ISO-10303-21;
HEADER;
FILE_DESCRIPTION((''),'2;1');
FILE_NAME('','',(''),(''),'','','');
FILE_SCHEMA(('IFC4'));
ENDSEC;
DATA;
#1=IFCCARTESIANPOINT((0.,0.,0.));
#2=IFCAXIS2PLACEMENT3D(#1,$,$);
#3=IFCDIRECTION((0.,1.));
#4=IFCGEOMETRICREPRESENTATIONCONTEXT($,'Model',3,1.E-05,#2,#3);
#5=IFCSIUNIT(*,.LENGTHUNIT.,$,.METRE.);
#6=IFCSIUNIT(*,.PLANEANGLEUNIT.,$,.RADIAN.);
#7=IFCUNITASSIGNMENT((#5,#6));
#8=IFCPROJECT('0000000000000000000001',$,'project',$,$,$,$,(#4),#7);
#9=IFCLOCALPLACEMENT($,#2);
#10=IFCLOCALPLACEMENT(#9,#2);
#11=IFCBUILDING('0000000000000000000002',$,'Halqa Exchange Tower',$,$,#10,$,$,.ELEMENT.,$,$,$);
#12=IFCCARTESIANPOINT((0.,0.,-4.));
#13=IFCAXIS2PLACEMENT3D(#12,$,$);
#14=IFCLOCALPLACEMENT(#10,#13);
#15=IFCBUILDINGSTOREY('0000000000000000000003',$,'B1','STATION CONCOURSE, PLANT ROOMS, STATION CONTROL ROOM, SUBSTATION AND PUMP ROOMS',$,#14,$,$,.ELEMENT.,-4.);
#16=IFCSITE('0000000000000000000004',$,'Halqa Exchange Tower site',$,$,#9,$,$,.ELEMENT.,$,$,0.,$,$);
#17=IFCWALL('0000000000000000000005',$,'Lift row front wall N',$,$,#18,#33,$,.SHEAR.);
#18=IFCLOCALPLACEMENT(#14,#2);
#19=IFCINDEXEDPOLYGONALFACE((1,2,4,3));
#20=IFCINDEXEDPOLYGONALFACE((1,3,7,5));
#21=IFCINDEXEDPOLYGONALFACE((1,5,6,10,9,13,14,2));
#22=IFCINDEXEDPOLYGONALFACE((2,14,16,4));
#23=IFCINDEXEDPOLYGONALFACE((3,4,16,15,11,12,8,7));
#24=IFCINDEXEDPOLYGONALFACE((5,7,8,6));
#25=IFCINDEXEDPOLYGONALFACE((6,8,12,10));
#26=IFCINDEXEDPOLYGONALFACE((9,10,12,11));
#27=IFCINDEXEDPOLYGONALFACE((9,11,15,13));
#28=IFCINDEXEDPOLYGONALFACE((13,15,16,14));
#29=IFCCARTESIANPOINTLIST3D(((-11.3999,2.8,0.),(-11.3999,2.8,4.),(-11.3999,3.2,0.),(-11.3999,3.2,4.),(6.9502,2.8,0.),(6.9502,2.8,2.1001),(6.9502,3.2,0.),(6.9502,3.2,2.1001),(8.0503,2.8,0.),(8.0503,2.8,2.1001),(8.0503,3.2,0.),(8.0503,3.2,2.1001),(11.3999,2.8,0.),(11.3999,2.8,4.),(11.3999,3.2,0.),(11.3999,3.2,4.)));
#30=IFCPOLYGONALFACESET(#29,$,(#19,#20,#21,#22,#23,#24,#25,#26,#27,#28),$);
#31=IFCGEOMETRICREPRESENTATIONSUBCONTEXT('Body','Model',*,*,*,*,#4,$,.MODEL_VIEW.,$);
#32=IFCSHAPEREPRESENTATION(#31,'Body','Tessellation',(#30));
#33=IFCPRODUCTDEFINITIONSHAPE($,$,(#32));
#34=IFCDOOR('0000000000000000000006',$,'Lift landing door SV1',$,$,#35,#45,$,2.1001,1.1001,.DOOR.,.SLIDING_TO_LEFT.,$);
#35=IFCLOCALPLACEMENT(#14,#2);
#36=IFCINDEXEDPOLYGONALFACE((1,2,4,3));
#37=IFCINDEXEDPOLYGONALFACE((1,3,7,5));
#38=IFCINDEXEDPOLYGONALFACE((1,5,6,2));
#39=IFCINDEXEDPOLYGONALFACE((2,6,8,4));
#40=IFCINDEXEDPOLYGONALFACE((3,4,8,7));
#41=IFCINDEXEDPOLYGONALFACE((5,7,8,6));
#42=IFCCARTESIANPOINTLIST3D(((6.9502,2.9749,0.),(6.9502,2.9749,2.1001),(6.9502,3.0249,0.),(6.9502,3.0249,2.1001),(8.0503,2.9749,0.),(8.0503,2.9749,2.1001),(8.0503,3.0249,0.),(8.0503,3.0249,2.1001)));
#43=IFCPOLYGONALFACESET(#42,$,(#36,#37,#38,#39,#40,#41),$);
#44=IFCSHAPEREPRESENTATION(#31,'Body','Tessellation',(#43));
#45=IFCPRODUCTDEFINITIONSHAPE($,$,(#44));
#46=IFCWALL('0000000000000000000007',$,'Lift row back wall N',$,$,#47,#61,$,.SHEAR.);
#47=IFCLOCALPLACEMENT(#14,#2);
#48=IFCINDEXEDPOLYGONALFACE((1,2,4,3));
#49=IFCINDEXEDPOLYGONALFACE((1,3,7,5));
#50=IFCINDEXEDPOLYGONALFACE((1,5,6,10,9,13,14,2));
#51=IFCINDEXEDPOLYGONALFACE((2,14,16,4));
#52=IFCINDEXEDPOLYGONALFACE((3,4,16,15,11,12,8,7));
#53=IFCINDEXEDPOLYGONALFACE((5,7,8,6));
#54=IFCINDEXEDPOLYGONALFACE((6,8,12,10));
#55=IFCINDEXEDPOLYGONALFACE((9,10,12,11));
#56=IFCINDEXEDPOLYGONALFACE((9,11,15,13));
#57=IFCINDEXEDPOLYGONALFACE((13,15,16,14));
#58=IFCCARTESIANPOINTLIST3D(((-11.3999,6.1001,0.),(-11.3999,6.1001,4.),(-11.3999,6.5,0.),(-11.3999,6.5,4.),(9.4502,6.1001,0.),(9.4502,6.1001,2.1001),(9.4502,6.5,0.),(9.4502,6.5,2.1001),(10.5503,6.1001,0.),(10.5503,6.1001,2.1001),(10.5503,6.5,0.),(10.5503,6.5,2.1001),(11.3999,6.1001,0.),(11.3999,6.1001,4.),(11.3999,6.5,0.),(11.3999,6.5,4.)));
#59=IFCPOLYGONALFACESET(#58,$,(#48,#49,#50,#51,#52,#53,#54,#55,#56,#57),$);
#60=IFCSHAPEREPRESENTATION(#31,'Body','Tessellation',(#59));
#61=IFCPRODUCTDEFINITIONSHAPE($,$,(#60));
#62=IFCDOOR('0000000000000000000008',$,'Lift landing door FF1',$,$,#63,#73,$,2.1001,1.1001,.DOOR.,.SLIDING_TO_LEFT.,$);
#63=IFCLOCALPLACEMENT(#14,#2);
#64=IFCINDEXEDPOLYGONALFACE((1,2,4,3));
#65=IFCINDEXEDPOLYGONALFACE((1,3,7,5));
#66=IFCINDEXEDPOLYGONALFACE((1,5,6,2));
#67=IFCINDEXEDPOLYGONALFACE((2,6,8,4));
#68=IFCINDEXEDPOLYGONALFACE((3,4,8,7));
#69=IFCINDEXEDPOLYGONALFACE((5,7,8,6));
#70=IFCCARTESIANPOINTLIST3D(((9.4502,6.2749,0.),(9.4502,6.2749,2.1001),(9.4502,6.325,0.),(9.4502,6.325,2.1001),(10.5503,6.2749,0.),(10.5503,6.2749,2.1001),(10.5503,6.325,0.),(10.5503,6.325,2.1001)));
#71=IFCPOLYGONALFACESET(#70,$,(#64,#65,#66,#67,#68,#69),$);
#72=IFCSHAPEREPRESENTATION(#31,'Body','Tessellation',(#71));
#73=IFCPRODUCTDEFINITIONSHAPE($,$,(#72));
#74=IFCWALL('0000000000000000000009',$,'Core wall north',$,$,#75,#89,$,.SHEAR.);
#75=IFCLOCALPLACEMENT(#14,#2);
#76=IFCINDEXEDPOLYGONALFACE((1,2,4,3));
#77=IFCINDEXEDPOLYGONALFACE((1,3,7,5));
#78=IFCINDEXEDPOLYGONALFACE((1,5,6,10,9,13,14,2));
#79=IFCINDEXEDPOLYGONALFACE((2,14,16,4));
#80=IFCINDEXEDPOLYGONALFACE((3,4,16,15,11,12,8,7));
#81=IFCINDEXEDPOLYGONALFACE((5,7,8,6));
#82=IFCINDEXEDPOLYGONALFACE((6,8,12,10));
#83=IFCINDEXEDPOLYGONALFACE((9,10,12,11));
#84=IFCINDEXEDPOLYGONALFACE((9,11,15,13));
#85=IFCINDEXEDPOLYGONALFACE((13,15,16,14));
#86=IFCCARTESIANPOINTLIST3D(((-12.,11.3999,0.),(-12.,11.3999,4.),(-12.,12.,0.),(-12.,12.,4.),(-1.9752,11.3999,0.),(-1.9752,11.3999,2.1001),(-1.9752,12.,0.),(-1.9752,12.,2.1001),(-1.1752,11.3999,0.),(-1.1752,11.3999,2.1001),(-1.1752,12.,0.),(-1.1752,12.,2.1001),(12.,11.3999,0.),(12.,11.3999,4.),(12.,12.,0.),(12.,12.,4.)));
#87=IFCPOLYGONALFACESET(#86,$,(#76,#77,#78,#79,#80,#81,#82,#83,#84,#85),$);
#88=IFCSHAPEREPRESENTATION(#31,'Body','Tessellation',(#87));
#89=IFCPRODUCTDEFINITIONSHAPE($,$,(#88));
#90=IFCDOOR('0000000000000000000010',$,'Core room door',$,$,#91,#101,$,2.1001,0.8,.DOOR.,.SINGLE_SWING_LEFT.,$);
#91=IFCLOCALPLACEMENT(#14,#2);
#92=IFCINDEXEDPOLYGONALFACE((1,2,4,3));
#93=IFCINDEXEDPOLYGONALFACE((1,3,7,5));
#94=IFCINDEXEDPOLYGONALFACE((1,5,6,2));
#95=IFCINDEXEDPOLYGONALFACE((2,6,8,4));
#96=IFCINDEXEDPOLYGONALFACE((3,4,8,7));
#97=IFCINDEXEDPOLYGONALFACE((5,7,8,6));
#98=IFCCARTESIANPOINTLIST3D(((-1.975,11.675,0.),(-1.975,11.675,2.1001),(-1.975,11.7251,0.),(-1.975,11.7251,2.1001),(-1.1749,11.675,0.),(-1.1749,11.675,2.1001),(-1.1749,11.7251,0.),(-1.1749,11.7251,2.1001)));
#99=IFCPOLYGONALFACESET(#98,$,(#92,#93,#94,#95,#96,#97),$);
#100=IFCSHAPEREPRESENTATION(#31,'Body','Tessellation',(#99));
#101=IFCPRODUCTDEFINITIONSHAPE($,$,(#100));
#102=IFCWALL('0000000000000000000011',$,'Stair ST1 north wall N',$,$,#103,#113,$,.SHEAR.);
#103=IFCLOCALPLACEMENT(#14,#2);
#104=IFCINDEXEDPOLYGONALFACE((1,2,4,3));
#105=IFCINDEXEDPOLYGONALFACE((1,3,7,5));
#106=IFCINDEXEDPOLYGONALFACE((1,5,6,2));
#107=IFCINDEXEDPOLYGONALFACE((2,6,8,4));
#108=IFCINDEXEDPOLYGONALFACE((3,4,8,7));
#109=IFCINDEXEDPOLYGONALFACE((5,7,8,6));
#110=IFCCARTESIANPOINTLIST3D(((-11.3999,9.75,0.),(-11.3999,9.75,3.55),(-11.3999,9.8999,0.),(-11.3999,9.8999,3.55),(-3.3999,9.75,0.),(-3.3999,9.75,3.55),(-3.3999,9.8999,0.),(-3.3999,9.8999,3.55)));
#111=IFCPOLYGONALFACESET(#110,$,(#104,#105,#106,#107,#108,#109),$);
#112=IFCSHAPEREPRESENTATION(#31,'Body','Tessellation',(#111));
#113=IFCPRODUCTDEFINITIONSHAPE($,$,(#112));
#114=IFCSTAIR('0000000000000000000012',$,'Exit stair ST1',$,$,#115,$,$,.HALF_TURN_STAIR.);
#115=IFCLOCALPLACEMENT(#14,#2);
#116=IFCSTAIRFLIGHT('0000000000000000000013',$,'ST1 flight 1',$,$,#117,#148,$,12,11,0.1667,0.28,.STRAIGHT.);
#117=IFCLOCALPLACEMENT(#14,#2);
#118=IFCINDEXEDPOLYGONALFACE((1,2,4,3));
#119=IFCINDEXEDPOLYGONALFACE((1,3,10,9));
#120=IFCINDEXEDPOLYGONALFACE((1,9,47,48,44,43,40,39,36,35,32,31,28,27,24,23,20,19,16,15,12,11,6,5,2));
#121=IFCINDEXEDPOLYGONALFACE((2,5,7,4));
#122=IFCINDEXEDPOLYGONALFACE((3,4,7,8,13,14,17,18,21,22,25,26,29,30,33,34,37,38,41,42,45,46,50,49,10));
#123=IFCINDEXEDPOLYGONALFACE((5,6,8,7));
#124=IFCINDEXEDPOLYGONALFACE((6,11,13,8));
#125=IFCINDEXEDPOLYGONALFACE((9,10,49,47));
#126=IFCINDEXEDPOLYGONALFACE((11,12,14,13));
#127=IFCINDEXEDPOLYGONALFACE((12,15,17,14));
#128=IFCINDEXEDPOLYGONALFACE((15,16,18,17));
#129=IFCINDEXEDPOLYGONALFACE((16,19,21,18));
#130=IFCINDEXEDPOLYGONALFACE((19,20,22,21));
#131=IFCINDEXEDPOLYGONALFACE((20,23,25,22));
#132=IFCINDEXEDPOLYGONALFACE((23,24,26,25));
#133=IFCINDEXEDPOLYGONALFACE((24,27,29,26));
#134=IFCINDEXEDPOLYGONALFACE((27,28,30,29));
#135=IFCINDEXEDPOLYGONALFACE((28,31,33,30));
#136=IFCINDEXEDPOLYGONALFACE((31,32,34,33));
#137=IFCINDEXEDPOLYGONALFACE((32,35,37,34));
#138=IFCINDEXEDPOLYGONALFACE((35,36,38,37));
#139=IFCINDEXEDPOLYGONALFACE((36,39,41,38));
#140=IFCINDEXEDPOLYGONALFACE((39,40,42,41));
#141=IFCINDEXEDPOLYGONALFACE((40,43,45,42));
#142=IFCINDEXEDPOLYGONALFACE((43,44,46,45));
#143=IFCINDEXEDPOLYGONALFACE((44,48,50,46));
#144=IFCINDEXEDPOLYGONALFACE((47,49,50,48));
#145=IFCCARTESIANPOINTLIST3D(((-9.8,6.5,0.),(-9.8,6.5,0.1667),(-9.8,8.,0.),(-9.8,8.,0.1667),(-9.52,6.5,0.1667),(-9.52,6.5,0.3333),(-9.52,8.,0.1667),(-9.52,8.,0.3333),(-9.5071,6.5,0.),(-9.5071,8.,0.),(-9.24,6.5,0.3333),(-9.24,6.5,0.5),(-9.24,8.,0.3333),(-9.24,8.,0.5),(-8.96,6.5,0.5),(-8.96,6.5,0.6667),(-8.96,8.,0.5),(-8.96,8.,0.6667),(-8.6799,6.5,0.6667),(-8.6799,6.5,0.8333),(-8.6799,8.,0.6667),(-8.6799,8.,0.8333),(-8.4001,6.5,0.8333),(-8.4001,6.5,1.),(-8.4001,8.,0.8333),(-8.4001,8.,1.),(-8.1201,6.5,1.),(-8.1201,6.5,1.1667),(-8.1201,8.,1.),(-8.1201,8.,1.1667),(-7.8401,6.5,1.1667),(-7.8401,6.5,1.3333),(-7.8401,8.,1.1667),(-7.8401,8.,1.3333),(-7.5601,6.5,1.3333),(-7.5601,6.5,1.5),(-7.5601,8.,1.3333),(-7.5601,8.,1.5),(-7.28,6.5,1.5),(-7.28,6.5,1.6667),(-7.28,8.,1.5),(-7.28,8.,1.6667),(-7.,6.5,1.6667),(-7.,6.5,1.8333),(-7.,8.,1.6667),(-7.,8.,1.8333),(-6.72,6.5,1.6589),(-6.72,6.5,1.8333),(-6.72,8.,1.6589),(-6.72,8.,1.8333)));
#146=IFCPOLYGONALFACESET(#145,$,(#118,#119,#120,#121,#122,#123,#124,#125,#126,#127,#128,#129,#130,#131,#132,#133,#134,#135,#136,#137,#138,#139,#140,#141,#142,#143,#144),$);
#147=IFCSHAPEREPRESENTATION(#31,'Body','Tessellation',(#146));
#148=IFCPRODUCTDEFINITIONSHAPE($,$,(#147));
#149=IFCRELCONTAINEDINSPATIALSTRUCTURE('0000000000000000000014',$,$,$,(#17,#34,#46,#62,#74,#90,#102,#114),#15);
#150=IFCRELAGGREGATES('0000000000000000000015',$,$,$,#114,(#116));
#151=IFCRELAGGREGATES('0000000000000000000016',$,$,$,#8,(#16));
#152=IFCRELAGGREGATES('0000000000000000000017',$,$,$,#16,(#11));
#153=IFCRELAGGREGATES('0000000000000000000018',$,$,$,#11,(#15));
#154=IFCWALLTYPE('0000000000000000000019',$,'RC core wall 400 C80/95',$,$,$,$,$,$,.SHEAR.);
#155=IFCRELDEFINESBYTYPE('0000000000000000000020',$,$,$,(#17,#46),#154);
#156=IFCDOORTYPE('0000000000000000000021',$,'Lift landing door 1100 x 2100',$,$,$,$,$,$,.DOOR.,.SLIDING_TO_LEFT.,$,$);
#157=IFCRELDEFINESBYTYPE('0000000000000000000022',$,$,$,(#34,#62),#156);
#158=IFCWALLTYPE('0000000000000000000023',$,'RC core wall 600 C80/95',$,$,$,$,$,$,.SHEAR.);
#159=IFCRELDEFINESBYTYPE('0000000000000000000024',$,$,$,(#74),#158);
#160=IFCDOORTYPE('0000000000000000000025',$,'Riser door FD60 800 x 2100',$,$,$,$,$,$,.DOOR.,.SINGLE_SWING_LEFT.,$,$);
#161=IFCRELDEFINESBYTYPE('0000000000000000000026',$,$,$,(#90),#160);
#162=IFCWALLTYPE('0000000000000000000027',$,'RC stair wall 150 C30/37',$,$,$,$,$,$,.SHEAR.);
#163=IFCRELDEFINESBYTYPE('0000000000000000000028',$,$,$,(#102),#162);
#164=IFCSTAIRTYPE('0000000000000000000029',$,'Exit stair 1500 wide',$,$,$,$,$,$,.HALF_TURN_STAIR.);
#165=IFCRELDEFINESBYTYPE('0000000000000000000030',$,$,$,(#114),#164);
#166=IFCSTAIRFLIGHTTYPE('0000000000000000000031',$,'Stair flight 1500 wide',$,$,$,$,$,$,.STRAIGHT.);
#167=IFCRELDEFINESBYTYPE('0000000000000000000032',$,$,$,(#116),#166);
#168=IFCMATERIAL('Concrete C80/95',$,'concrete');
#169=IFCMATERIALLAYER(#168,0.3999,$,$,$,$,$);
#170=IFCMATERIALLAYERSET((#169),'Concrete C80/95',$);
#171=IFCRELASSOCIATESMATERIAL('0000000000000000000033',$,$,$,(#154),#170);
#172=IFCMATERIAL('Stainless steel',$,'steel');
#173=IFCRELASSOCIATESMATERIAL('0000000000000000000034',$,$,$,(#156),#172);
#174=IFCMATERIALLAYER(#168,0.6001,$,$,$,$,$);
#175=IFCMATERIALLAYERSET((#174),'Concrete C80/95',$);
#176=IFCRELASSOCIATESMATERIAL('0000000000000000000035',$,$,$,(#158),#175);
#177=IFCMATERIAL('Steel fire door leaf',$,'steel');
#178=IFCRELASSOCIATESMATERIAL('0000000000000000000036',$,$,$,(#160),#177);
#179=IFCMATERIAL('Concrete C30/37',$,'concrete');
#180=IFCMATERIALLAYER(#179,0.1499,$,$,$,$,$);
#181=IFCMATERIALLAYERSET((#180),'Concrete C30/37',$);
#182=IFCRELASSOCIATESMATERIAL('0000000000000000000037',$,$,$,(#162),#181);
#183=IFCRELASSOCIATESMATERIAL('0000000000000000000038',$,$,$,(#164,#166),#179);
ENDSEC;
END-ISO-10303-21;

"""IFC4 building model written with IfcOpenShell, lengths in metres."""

from ifc_helpers import new_model, si_unit, direction, frame, frame_2d, origin, place, context, subcontext, project, spatial, polyline, rectangle, outline, extrude, material, layer, layer_set, type_object, element, fill, aggregate, save


model = new_model("IFC4")

# Units and contexts
model_context = context("Model", 3, precision=1e-05, world=origin(), true_north=direction((0.0, 1.0)))
body_context = subcontext(model_context, "Body", "Model", "MODEL_VIEW")
ifc_project = project(units=[si_unit("LENGTHUNIT", "METRE"), si_unit("PLANEANGLEUNIT", "RADIAN")], contexts=[model_context])

# Site, building, storey
site_placement = place(None, origin())
site = spatial("IfcSite", under=ifc_project, at=site_placement, Name="Halqa Exchange Tower site", CompositionType="ELEMENT", RefElevation=0.0)
building_placement = place(site_placement, origin())
building = spatial("IfcBuilding", under=site, at=building_placement, Name="Halqa Exchange Tower", CompositionType="ELEMENT")
storey_placement = place(building_placement, frame((0.0, 0.0, -4.0)))
storey = spatial("IfcBuildingStorey", under=building, at=storey_placement, Name="B1", Description="STATION CONCOURSE, PLANT ROOMS, STATION CONTROL ROOM, SUBSTATION AND PUMP ROOMS", CompositionType="ELEMENT", Elevation=-4.0)

# Shared definitions
ifc_material_1 = material(Name="Steel fire door leaf", Category="steel")

# Walls, openings, doors
ifc_material_2 = material(Name="Concrete C80/95", Category="concrete")
ifc_layer_1 = layer(ifc_material_2, 0.3999)
ifc_layer_set_1 = layer_set([ifc_layer_1], Name="Concrete C80/95")
wall_type_1 = type_object("IfcWallType", Name="RC core wall 400 C80/95", PredefinedType="SHEAR", material=ifc_layer_set_1)
wall_1_placement = place(storey_placement, frame((-11.3999, 3.0, 0.0), z_axis=(0.0, 0.0, 1.0), x_axis=(1.0, 0.0, 0.0)))
wall_1 = element("IfcWall", 1, at=wall_1_placement, inside=storey, type_object=wall_type_1, Name="Lift row front wall N", PredefinedType="SHEAR", context=body_context, shape_type="SweptSolid", body=[
    extrude(rectangle(XDim=22.7998, YDim=0.3999, at=frame_2d((11.3999, 0.0))), origin(), (0.0, 0.0, 1.0), 4.0),
])
opening_1_placement = place(wall_1_placement, frame((18.3501, 0.0, 0.0)))
opening_1 = element("IfcOpeningElement", 2, at=opening_1_placement, cuts=wall_1, PredefinedType="OPENING", context=body_context, shape_type="SweptSolid", body=[
    extrude(rectangle(XDim=1.1001, YDim=2.1001, at=frame_2d((0.55, 1.05))), frame((0.0, 0.2119, 0.0), z_axis=(0.0, -1.0, 0.0), x_axis=(1.0, 0.0, 0.0)), (0.0, 0.0, 1.0), 0.4238),
])
ifc_material_3 = material(Name="Stainless steel", Category="steel")
door_type_1 = type_object("IfcDoorType", Name="Lift landing door 1100 x 2100", OperationType="SLIDING_TO_LEFT", PredefinedType="DOOR", material=ifc_material_3)
door_1_placement = place(opening_1_placement, origin())
door_1 = element("IfcDoor", 3, at=door_1_placement, inside=storey, type_object=door_type_1, Name="Lift landing door SV1", OperationType="SLIDING_TO_LEFT", OverallHeight=2.1001, OverallWidth=1.1001, PredefinedType="DOOR", context=body_context, shape_type="SweptSolid", body=[
    extrude(rectangle(XDim=1.1001, YDim=2.1001, at=frame_2d((0.55, 1.05))), frame((0.0, 0.0249, 0.0), z_axis=(0.0, -1.0, 0.0), x_axis=(1.0, 0.0, 0.0)), (0.0, 0.0, 1.0), 0.05),
])
fill(opening_1, door_1)
wall_2_placement = place(storey_placement, frame((-11.3999, 6.3, 0.0), z_axis=(0.0, 0.0, 1.0), x_axis=(1.0, 0.0, 0.0)))
wall_2 = element("IfcWall", 4, at=wall_2_placement, inside=storey, type_object=wall_type_1, Name="Lift row back wall N", PredefinedType="SHEAR", context=body_context, shape_type="SweptSolid", body=[
    extrude(rectangle(XDim=22.7998, YDim=0.3999, at=frame_2d((11.3999, 0.0))), origin(), (0.0, 0.0, 1.0), 4.0),
])
opening_2_placement = place(wall_2_placement, frame((20.8501, 0.0, 0.0)))
opening_2 = element("IfcOpeningElement", 5, at=opening_2_placement, cuts=wall_2, PredefinedType="OPENING", context=body_context, shape_type="SweptSolid", body=[
    extrude(rectangle(XDim=1.1001, YDim=2.1001, at=frame_2d((0.55, 1.05))), frame((0.0, 0.2119, 0.0), z_axis=(0.0, -1.0, 0.0), x_axis=(1.0, 0.0, 0.0)), (0.0, 0.0, 1.0), 0.4238),
])
door_2_placement = place(opening_2_placement, origin())
door_2 = element("IfcDoor", 6, at=door_2_placement, inside=storey, type_object=door_type_1, Name="Lift landing door FF1", OperationType="SLIDING_TO_LEFT", OverallHeight=2.1001, OverallWidth=1.1001, PredefinedType="DOOR", context=body_context, shape_type="SweptSolid", body=[
    extrude(rectangle(XDim=1.1001, YDim=2.1001, at=frame_2d((0.55, 1.05))), frame((0.0, 0.0249, 0.0), z_axis=(0.0, -1.0, 0.0), x_axis=(1.0, 0.0, 0.0)), (0.0, 0.0, 1.0), 0.05),
])
fill(opening_2, door_2)
ifc_layer_2 = layer(ifc_material_2, 0.6001)
ifc_layer_set_2 = layer_set([ifc_layer_2], Name="Concrete C80/95")
wall_type_2 = type_object("IfcWallType", Name="RC core wall 600 C80/95", PredefinedType="SHEAR", material=ifc_layer_set_2)
wall_3_placement = place(storey_placement, frame((-12.0, 11.7, 0.0), z_axis=(0.0, 0.0, 1.0), x_axis=(1.0, 0.0, 0.0)))
wall_3 = element("IfcWall", 7, at=wall_3_placement, inside=storey, type_object=wall_type_2, Name="Core wall north", PredefinedType="SHEAR", context=body_context, shape_type="SweptSolid", body=[
    extrude(rectangle(XDim=24.0, YDim=0.6001, at=frame_2d((12.0, 0.0))), origin(), (0.0, 0.0, 1.0), 4.0),
])
opening_3_placement = place(wall_3_placement, frame((10.0249, 0.0, 0.0)))
opening_3 = element("IfcOpeningElement", 8, at=opening_3_placement, cuts=wall_3, PredefinedType="OPENING", context=body_context, shape_type="SweptSolid", body=[
    extrude(rectangle(XDim=0.8, YDim=2.1001, at=frame_2d((0.3999, 1.05))), frame((0.0, 0.312, 0.0), z_axis=(0.0, -1.0, 0.0), x_axis=(1.0, 0.0, 0.0)), (0.0, 0.0, 1.0), 0.624),
])
door_type_2 = type_object("IfcDoorType", Name="Riser door FD60 800 x 2100", OperationType="SINGLE_SWING_LEFT", PredefinedType="DOOR", material=ifc_material_1)
door_3_placement = place(opening_3_placement, frame((0.8, 0.0, 0.0), z_axis=(0.0, 0.0, 1.0), x_axis=(-1.0, 0.0, 0.0)))
door_3 = element("IfcDoor", 9, at=door_3_placement, inside=storey, type_object=door_type_2, Name="Core room door", OperationType="SINGLE_SWING_LEFT", OverallHeight=2.1001, OverallWidth=0.8, PredefinedType="DOOR", context=body_context, shape_type="SweptSolid", body=[
    extrude(rectangle(XDim=0.8, YDim=2.1001, at=frame_2d((0.3999, 1.05))), frame((0.0, 0.0249, 0.0), z_axis=(0.0, -1.0, 0.0), x_axis=(1.0, 0.0, 0.0)), (0.0, 0.0, 1.0), 0.05),
])
fill(opening_3, door_3)

# Wall
ifc_material_4 = material(Name="Concrete C30/37", Category="concrete")
ifc_layer_3 = layer(ifc_material_4, 0.1499)
ifc_layer_set_3 = layer_set([ifc_layer_3], Name="Concrete C30/37")
wall_type_3 = type_object("IfcWallType", Name="RC stair wall 150 C30/37", PredefinedType="SHEAR", material=ifc_layer_set_3)
wall_4_placement = place(storey_placement, frame((-11.3999, 9.825, 0.0), z_axis=(0.0, 0.0, 1.0), x_axis=(1.0, 0.0, 0.0)))
element("IfcWall", 10, at=wall_4_placement, inside=storey, type_object=wall_type_3, Name="Stair ST1 north wall N", PredefinedType="SHEAR", context=body_context, shape_type="SweptSolid", body=[
    extrude(rectangle(XDim=8.0, YDim=0.1499, at=frame_2d((4.0, 0.0))), origin(), (0.0, 0.0, 1.0), 3.55),
])

# Stair, stair flight
stair_type = type_object("IfcStairType", Name="Exit stair 1500 wide", PredefinedType="HALF_TURN_STAIR", material=ifc_material_4)
stair_placement = place(storey_placement, origin())
stair = element("IfcStair", 11, at=stair_placement, inside=storey, type_object=stair_type, Name="Exit stair ST1", PredefinedType="HALF_TURN_STAIR")
stair_flight_type = type_object("IfcStairFlightType", Name="Stair flight 1500 wide", PredefinedType="STRAIGHT", material=ifc_material_4)
stair_flight_placement = place(storey_placement, frame((-9.8, 7.25, 0.0), z_axis=(0.0, 0.0, 1.0), x_axis=(1.0, 0.0, 0.0)))
stair_flight = element("IfcStairFlight", 12, at=stair_flight_placement, type_object=stair_flight_type, Name="ST1 flight 1", NumberOfRisers=12, NumberOfTreads=11, PredefinedType="STRAIGHT", RiserHeight=0.1667, TreadLength=0.28, context=body_context, shape_type="SweptSolid", body=[
    extrude(outline(polyline([(0.0, 0.0), (0.0, 0.1667), (0.28, 0.1667), (0.28, 0.3333), (0.5601, 0.3333), (0.5601, 0.5), (0.8401, 0.5), (0.8401, 0.6667), (1.1201, 0.6667), (1.1201, 0.8333), (1.3999, 0.8333), (1.3999, 1.0), (1.6799, 1.0), (1.6799, 1.1667), (1.96, 1.1667), (1.96, 1.3333), (2.24, 1.3333), (2.24, 1.5), (2.52, 1.5), (2.52, 1.6667), (2.8, 1.6667), (2.8, 1.8333), (3.0801, 1.8333), (3.0801, 2.0), (3.0801, 1.6589), (0.293, 0.0), (0.0, 0.0)])), frame((0.0, 0.75, 0.0), z_axis=(0.0, -1.0, 0.0), x_axis=(1.0, 0.0, 0.0)), (0.0, 0.0, 1.0), 1.5),
])
aggregate(stair, [stair_flight])

save(model, "model.ifc")
